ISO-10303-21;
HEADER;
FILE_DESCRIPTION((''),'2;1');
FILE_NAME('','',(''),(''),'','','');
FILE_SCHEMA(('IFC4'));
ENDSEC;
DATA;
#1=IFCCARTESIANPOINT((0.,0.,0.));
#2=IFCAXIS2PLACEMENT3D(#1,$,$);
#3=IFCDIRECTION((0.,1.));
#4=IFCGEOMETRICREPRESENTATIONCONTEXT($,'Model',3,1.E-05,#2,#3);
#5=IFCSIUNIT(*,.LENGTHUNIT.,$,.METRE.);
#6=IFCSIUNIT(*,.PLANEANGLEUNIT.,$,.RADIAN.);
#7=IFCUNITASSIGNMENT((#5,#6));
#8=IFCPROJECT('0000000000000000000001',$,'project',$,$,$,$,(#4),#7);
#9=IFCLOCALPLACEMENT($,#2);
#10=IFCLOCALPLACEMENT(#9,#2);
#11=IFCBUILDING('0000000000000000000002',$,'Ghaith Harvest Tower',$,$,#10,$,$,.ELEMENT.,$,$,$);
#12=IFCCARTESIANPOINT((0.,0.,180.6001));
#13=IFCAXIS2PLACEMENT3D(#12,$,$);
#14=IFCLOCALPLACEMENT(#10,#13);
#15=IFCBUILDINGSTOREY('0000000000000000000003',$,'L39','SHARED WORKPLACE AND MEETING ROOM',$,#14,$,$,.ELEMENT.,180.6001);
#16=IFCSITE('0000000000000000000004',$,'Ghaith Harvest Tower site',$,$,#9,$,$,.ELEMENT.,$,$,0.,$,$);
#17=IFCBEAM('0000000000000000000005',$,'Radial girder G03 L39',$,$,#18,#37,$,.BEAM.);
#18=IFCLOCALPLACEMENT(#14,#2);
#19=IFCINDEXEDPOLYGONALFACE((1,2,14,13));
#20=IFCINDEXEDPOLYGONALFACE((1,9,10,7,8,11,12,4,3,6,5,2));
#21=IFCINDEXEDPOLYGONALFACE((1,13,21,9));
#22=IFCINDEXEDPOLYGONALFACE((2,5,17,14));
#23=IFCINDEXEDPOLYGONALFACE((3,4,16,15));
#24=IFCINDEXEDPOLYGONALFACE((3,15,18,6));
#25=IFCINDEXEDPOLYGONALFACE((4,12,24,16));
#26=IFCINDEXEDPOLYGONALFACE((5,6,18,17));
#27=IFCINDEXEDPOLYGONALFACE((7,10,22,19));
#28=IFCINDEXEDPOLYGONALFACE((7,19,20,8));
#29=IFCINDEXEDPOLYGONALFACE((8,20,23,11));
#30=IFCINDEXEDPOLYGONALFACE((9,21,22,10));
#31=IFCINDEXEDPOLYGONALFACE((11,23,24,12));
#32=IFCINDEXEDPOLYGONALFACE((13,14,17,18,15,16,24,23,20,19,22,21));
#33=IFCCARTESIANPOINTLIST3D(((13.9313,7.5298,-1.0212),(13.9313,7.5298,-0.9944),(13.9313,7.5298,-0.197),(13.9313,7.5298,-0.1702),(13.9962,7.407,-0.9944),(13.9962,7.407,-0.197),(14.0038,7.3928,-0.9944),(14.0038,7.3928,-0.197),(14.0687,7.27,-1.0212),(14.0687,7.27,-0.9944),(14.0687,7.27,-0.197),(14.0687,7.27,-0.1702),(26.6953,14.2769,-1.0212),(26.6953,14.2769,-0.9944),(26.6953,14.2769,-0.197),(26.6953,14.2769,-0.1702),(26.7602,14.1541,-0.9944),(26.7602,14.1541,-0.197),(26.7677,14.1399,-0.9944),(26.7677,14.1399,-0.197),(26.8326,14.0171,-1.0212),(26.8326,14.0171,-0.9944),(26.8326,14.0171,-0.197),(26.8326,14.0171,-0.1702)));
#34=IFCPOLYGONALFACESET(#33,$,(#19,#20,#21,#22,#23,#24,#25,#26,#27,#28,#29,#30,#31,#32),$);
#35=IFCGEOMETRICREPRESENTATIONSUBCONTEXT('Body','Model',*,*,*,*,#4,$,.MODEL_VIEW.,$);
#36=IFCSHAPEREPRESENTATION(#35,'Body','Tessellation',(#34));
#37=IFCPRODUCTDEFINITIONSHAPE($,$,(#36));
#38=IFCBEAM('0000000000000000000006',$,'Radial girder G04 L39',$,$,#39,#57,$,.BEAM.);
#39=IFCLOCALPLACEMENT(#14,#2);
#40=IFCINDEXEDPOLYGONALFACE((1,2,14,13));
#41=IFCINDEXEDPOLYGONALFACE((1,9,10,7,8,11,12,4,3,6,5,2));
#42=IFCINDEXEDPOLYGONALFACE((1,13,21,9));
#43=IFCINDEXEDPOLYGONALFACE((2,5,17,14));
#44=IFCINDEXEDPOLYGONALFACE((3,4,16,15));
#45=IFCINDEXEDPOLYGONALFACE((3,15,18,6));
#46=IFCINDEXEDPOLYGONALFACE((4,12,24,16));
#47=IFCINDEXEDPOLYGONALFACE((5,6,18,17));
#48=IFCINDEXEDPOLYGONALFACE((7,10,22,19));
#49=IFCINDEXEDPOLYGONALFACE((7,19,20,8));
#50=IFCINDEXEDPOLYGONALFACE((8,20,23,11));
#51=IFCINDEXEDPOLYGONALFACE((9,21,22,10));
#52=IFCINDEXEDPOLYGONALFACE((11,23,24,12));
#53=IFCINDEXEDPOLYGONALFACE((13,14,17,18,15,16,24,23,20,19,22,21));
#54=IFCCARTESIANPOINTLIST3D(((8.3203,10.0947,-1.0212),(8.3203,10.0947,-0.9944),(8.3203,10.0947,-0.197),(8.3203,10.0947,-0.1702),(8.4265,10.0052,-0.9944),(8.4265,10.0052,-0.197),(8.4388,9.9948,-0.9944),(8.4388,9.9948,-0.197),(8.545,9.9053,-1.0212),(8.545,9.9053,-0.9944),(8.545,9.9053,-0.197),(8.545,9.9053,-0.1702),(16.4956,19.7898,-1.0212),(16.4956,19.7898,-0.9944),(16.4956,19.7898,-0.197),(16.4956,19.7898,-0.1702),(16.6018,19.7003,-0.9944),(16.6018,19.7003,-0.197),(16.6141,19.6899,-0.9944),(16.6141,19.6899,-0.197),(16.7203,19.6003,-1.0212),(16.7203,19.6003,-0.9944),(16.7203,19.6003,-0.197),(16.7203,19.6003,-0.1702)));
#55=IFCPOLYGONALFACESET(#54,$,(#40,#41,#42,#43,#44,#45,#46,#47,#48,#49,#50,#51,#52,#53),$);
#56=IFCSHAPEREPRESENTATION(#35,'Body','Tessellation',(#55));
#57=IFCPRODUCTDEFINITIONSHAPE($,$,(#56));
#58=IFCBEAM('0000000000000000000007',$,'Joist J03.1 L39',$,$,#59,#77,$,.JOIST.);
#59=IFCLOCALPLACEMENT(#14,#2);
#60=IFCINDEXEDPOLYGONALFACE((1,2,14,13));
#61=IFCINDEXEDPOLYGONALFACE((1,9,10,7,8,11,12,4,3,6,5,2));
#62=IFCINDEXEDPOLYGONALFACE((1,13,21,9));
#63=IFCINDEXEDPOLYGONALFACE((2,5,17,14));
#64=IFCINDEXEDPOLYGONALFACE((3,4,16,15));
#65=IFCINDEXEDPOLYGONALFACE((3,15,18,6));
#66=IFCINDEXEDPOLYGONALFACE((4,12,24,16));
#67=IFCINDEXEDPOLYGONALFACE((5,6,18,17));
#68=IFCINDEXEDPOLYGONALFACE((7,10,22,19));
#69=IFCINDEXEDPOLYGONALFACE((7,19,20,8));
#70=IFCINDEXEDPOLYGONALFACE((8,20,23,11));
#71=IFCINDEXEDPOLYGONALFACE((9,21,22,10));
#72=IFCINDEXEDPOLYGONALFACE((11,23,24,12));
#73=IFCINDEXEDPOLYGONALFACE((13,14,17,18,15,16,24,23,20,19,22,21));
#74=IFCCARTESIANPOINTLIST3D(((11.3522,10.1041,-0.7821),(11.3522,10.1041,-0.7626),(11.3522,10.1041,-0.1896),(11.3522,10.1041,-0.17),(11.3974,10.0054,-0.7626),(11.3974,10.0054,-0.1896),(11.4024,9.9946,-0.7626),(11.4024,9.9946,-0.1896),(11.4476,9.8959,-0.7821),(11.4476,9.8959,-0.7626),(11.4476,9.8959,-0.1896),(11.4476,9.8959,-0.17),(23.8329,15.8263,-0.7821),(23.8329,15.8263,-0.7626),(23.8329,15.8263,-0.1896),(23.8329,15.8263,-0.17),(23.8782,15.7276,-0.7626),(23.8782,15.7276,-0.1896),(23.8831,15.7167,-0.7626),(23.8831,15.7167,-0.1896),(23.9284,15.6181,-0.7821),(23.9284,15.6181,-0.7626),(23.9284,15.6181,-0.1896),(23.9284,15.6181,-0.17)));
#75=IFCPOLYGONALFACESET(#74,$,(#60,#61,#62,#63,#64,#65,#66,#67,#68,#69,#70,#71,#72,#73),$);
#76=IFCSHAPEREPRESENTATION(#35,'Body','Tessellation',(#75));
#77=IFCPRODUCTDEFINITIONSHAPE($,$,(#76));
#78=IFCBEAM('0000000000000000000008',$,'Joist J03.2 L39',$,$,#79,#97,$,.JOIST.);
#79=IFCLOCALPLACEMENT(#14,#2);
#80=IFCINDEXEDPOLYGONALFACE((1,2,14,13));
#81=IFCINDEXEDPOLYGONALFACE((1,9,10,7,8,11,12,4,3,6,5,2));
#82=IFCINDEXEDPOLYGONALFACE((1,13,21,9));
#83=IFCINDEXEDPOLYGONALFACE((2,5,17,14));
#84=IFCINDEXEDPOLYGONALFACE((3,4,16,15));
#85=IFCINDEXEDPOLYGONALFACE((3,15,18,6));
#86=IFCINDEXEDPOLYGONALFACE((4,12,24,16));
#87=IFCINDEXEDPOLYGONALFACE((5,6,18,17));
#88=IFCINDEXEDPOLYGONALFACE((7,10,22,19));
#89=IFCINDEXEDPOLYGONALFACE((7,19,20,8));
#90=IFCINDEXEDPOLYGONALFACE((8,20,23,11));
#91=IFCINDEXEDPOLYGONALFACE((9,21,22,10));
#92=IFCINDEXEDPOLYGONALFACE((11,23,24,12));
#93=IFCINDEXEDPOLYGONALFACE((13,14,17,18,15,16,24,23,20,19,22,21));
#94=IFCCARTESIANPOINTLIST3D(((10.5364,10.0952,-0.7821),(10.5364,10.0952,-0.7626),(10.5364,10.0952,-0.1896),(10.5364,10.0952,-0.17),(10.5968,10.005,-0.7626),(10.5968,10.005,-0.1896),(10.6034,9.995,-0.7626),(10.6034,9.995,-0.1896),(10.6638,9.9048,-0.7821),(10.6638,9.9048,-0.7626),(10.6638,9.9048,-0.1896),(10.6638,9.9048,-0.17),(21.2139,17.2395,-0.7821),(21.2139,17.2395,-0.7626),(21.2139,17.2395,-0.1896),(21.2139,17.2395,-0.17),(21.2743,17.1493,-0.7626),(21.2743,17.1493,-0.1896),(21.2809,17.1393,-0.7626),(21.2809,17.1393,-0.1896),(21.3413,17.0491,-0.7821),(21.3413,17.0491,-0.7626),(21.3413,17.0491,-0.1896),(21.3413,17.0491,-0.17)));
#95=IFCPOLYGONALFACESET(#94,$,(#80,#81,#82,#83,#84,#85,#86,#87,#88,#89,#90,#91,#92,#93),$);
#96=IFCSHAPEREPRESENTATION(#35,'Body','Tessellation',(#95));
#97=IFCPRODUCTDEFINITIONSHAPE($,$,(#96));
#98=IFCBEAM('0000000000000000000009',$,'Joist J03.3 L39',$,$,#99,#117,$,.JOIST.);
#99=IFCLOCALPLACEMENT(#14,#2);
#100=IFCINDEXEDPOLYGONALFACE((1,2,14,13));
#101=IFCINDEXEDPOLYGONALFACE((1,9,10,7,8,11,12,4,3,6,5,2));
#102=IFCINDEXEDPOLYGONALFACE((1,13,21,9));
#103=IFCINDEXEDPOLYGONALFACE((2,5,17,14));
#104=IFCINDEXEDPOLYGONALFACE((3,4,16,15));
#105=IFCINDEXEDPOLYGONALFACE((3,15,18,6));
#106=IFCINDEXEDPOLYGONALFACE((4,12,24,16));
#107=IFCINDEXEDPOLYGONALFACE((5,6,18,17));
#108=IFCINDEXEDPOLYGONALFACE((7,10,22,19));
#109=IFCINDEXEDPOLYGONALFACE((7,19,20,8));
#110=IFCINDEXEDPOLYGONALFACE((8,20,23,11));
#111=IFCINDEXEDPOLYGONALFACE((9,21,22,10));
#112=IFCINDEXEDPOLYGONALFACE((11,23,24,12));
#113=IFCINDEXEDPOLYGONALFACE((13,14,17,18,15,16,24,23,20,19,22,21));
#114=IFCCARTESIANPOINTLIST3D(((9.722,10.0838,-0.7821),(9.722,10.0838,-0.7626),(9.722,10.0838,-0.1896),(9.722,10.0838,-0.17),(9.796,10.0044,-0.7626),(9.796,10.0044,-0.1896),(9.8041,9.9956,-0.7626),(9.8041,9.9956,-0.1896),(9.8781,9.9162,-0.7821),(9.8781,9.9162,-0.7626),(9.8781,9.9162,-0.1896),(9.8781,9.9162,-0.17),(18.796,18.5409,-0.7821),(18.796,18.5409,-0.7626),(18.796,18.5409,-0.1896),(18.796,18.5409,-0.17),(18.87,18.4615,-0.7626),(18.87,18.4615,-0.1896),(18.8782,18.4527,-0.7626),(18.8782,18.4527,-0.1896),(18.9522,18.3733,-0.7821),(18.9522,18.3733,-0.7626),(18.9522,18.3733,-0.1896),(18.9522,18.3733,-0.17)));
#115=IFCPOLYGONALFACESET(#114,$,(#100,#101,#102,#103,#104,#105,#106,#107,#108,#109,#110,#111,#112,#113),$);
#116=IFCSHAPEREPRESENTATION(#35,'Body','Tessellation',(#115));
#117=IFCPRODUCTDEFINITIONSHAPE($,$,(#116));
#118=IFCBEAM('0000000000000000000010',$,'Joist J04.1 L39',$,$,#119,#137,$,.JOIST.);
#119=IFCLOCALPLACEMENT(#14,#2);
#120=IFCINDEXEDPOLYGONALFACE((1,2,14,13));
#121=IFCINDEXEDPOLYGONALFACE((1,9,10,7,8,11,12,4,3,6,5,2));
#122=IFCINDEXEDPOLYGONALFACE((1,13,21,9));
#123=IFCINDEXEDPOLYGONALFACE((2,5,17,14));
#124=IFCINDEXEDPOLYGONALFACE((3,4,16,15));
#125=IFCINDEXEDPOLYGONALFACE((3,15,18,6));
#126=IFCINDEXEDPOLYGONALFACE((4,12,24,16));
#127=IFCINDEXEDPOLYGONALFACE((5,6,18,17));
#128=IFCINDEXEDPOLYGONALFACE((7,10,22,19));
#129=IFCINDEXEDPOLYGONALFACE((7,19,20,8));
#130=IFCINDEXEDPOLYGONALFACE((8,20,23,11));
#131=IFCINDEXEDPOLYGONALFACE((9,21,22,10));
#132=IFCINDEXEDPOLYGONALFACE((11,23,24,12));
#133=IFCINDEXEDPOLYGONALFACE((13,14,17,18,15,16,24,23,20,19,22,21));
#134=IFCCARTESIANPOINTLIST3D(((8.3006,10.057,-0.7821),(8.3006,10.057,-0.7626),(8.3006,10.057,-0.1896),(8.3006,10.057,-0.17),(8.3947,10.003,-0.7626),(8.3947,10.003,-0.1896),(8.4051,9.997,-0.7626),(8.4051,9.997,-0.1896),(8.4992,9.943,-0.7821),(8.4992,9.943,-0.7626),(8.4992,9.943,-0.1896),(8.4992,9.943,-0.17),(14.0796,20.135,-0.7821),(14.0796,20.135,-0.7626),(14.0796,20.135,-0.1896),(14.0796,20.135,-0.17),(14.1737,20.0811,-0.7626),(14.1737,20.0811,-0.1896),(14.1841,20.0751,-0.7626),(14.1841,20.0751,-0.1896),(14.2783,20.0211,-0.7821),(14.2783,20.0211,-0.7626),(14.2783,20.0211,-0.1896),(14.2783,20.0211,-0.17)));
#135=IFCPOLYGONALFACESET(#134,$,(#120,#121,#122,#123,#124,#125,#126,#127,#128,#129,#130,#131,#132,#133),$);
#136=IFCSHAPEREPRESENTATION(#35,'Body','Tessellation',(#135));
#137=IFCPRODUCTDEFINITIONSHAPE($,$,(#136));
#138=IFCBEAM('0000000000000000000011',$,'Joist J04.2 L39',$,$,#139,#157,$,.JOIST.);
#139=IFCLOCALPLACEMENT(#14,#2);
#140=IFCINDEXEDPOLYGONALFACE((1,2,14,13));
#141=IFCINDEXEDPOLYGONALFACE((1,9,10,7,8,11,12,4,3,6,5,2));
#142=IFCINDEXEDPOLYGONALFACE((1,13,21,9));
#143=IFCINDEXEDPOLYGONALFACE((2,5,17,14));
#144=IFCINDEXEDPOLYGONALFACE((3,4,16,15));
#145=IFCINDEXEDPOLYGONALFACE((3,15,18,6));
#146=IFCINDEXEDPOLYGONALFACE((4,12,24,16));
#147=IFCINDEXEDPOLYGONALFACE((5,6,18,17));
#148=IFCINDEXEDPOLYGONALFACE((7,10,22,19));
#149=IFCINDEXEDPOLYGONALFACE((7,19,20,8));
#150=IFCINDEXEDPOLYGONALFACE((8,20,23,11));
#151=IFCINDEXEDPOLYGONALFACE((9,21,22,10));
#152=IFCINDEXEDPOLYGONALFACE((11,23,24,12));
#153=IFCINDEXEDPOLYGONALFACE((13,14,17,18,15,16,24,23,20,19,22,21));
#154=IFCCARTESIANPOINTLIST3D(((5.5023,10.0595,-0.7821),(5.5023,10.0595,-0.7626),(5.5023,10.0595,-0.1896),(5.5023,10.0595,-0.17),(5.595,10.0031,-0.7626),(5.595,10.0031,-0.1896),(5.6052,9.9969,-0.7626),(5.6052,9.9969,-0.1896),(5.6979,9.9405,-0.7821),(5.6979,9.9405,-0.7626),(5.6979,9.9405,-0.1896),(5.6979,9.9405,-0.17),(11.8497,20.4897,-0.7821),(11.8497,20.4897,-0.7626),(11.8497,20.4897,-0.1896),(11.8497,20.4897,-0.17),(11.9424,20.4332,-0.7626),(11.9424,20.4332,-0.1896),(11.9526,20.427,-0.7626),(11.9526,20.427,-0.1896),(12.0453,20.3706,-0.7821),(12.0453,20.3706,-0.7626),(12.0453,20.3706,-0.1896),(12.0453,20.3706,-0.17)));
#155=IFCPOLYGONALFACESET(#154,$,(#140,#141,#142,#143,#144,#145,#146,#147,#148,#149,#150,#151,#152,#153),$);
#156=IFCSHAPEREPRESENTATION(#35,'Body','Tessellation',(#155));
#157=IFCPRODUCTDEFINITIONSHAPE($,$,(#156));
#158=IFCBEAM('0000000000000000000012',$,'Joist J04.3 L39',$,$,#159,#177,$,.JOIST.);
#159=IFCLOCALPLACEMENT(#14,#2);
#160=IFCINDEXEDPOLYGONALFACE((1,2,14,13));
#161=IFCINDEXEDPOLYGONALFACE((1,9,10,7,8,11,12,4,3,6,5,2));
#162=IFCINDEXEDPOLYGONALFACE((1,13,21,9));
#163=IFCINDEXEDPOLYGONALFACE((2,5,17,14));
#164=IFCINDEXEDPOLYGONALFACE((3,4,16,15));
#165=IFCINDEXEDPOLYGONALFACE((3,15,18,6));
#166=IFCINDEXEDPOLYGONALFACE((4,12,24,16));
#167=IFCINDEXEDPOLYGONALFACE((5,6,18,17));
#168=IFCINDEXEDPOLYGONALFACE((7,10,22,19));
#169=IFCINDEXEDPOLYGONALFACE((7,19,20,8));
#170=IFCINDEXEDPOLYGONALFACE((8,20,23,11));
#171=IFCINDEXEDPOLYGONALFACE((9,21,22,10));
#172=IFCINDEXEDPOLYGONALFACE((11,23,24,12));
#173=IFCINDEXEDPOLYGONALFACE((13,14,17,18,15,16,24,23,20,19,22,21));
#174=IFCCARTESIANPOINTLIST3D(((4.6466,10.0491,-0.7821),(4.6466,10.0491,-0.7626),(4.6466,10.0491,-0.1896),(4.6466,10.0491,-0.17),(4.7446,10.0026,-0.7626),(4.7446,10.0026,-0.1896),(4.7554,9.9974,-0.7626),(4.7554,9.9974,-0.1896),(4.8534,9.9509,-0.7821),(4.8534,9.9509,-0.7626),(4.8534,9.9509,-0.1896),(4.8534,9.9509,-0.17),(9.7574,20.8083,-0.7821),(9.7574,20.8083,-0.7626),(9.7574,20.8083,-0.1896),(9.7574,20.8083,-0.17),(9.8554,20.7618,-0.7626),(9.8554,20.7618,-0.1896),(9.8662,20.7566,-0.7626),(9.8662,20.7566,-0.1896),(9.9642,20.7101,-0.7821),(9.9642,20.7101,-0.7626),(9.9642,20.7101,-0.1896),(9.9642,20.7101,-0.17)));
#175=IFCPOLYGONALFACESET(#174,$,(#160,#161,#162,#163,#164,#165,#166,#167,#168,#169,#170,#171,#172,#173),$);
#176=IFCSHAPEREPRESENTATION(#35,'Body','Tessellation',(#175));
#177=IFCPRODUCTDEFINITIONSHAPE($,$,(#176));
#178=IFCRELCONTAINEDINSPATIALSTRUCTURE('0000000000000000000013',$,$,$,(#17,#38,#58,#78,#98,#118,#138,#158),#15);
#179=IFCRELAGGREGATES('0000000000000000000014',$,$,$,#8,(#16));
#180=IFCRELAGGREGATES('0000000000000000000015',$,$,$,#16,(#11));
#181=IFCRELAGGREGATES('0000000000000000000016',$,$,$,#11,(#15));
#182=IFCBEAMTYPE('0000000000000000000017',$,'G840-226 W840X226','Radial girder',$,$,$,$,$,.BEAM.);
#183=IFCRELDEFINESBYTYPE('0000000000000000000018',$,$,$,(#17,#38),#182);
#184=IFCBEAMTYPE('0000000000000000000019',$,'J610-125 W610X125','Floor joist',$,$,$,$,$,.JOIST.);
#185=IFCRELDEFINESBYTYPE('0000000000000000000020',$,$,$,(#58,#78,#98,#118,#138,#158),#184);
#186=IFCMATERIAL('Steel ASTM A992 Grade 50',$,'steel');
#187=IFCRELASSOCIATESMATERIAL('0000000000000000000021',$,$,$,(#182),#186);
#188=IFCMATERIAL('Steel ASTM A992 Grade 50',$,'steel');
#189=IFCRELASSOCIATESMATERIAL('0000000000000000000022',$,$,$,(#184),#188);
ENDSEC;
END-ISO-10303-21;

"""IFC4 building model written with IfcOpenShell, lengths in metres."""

from ifc_helpers import new_model, si_unit, direction, frame, origin, origin_2d, place, context, subcontext, project, spatial, i_section, extrude, material, material_profile, profile_set, type_object, element, save


model = new_model("IFC4")

# Units and contexts
model_context = context("Model", 3, precision=1e-05, world=origin(), true_north=direction((0.0, 1.0)))
body_context = subcontext(model_context, "Body", "Model", "MODEL_VIEW")
ifc_project = project(units=[si_unit("LENGTHUNIT", "METRE"), si_unit("PLANEANGLEUNIT", "RADIAN")], contexts=[model_context])

# Site, building, storey
site_placement = place(None, origin())
site = spatial("IfcSite", under=ifc_project, at=site_placement, Name="Ghaith Harvest Tower site", CompositionType="ELEMENT", RefElevation=0.0)
building_placement = place(site_placement, origin())
building = spatial("IfcBuilding", under=site, at=building_placement, Name="Ghaith Harvest Tower", CompositionType="ELEMENT")
storey_placement = place(building_placement, frame((0.0, 0.0, 180.6001)))
storey = spatial("IfcBuildingStorey", under=building, at=storey_placement, Name="L39", Description="SHARED WORKPLACE AND MEETING ROOM", CompositionType="ELEMENT", Elevation=180.6001)

# Beams
ifc_material_1 = material(Name="Steel ASTM A992 Grade 50", Category="steel")
ifc_material_profile_1 = material_profile(ifc_material_1, i_section(OverallWidth=0.2939, OverallDepth=0.8511, WebThickness=0.0161, FlangeThickness=0.0269, at=origin_2d()), Name="W840X226")
ifc_profile_set_1 = profile_set([ifc_material_profile_1], Name="Steel ASTM A992 Grade 50")
beam_type_1 = type_object("IfcBeamType", Name="G840-226 W840X226", Description="Radial girder", PredefinedType="BEAM", material=ifc_profile_set_1)
beam_1_placement = place(storey_placement, frame((14.0, 7.3999, -0.5957), z_axis=(0.884083, 0.467331, 0.0), x_axis=(-0.467331, 0.884083, 0.0)))
element("IfcBeam", 1, at=beam_1_placement, inside=storey, type_object=beam_type_1, Name="Radial girder G03 L39", PredefinedType="BEAM", context=body_context, shape_type="SweptSolid", body=[
    extrude(i_section(OverallWidth=0.2939, OverallDepth=0.8511, WebThickness=0.0161, FlangeThickness=0.0269, at=origin_2d()), origin(), (0.0, 0.0, 1.0), 14.4375),
])
beam_2_placement = place(storey_placement, frame((8.4326, 10.0, -0.5957), z_axis=(0.644644, 0.764483, 0.0), x_axis=(-0.764483, 0.644644, 0.0)))
element("IfcBeam", 2, at=beam_2_placement, inside=storey, type_object=beam_type_1, Name="Radial girder G04 L39", PredefinedType="BEAM", context=body_context, shape_type="SweptSolid", body=[
    extrude(i_section(OverallWidth=0.2939, OverallDepth=0.8511, WebThickness=0.0161, FlangeThickness=0.0269, at=origin_2d()), origin(), (0.0, 0.0, 1.0), 12.6819),
])
ifc_material_2 = material(Name="Steel ASTM A992 Grade 50", Category="steel")
ifc_material_profile_2 = material_profile(ifc_material_2, i_section(OverallWidth=0.229, OverallDepth=0.6121, WebThickness=0.012, FlangeThickness=0.0195, at=origin_2d()), Name="W610X125")
ifc_profile_set_2 = profile_set([ifc_material_profile_2], Name="Steel ASTM A992 Grade 50")
beam_type_2 = type_object("IfcBeamType", Name="J610-125 W610X125", Description="Floor joist", PredefinedType="JOIST", material=ifc_profile_set_2)
beam_3_placement = place(storey_placement, frame((11.3999, 10.0, -0.4761), z_axis=(0.909014, 0.416766, 0.0), x_axis=(-0.416766, 0.909014, 0.0)))
element("IfcBeam", 3, at=beam_3_placement, inside=storey, type_object=beam_type_2, Name="Joist J03.1 L39", PredefinedType="JOIST", context=body_context, shape_type="SweptSolid", body=[
    extrude(i_section(OverallWidth=0.229, OverallDepth=0.6121, WebThickness=0.012, FlangeThickness=0.0195, at=origin_2d()), origin(), (0.0, 0.0, 1.0), 13.73),
])
beam_4_placement = place(storey_placement, frame((10.6001, 10.0, -0.4761), z_axis=(0.831116, 0.556098, 0.0), x_axis=(-0.556098, 0.831116, 0.0)))
element("IfcBeam", 4, at=beam_4_placement, inside=storey, type_object=beam_type_2, Name="Joist J03.2 L39", PredefinedType="JOIST", context=body_context, shape_type="SweptSolid", body=[
    extrude(i_section(OverallWidth=0.229, OverallDepth=0.6121, WebThickness=0.012, FlangeThickness=0.0195, at=origin_2d()), origin(), (0.0, 0.0, 1.0), 12.8472),
])
beam_5_placement = place(storey_placement, frame((9.8, 10.0, -0.4761), z_axis=(0.731538, 0.681801, 0.0), x_axis=(-0.681801, 0.731538, 0.0)))
element("IfcBeam", 5, at=beam_5_placement, inside=storey, type_object=beam_type_2, Name="Joist J03.3 L39", PredefinedType="JOIST", context=body_context, shape_type="SweptSolid", body=[
    extrude(i_section(OverallWidth=0.229, OverallDepth=0.6121, WebThickness=0.012, FlangeThickness=0.0195, at=origin_2d()), origin(), (0.0, 0.0, 1.0), 12.4041),
])
beam_6_placement = place(storey_placement, frame((8.3999, 10.0, -0.4761), z_axis=(0.497444, 0.867496, 0.0), x_axis=(-0.867496, 0.497444, 0.0)))
element("IfcBeam", 6, at=beam_6_placement, inside=storey, type_object=beam_type_2, Name="Joist J04.1 L39", PredefinedType="JOIST", context=body_context, shape_type="SweptSolid", body=[
    extrude(i_section(OverallWidth=0.229, OverallDepth=0.6121, WebThickness=0.012, FlangeThickness=0.0195, at=origin_2d()), origin(), (0.0, 0.0, 1.0), 11.6174),
])
beam_7_placement = place(storey_placement, frame((5.6001, 10.0, -0.4761), z_axis=(0.519864, 0.854249, 0.0), x_axis=(-0.854249, 0.519864, 0.0)))
element("IfcBeam", 7, at=beam_7_placement, inside=storey, type_object=beam_type_2, Name="Joist J04.2 L39", PredefinedType="JOIST", context=body_context, shape_type="SweptSolid", body=[
    extrude(i_section(OverallWidth=0.229, OverallDepth=0.6121, WebThickness=0.012, FlangeThickness=0.0195, at=origin_2d()), origin(), (0.0, 0.0, 1.0), 12.2097),
])
beam_8_placement = place(storey_placement, frame((4.75, 10.0, -0.4761), z_axis=(0.429069, 0.903272, 0.0), x_axis=(-0.903272, 0.429069, 0.0)))
element("IfcBeam", 8, at=beam_8_placement, inside=storey, type_object=beam_type_2, Name="Joist J04.3 L39", PredefinedType="JOIST", context=body_context, shape_type="SweptSolid", body=[
    extrude(i_section(OverallWidth=0.229, OverallDepth=0.6121, WebThickness=0.012, FlangeThickness=0.0195, at=origin_2d()), origin(), (0.0, 0.0, 1.0), 11.9114),
])

save(model, "model.ifc")
